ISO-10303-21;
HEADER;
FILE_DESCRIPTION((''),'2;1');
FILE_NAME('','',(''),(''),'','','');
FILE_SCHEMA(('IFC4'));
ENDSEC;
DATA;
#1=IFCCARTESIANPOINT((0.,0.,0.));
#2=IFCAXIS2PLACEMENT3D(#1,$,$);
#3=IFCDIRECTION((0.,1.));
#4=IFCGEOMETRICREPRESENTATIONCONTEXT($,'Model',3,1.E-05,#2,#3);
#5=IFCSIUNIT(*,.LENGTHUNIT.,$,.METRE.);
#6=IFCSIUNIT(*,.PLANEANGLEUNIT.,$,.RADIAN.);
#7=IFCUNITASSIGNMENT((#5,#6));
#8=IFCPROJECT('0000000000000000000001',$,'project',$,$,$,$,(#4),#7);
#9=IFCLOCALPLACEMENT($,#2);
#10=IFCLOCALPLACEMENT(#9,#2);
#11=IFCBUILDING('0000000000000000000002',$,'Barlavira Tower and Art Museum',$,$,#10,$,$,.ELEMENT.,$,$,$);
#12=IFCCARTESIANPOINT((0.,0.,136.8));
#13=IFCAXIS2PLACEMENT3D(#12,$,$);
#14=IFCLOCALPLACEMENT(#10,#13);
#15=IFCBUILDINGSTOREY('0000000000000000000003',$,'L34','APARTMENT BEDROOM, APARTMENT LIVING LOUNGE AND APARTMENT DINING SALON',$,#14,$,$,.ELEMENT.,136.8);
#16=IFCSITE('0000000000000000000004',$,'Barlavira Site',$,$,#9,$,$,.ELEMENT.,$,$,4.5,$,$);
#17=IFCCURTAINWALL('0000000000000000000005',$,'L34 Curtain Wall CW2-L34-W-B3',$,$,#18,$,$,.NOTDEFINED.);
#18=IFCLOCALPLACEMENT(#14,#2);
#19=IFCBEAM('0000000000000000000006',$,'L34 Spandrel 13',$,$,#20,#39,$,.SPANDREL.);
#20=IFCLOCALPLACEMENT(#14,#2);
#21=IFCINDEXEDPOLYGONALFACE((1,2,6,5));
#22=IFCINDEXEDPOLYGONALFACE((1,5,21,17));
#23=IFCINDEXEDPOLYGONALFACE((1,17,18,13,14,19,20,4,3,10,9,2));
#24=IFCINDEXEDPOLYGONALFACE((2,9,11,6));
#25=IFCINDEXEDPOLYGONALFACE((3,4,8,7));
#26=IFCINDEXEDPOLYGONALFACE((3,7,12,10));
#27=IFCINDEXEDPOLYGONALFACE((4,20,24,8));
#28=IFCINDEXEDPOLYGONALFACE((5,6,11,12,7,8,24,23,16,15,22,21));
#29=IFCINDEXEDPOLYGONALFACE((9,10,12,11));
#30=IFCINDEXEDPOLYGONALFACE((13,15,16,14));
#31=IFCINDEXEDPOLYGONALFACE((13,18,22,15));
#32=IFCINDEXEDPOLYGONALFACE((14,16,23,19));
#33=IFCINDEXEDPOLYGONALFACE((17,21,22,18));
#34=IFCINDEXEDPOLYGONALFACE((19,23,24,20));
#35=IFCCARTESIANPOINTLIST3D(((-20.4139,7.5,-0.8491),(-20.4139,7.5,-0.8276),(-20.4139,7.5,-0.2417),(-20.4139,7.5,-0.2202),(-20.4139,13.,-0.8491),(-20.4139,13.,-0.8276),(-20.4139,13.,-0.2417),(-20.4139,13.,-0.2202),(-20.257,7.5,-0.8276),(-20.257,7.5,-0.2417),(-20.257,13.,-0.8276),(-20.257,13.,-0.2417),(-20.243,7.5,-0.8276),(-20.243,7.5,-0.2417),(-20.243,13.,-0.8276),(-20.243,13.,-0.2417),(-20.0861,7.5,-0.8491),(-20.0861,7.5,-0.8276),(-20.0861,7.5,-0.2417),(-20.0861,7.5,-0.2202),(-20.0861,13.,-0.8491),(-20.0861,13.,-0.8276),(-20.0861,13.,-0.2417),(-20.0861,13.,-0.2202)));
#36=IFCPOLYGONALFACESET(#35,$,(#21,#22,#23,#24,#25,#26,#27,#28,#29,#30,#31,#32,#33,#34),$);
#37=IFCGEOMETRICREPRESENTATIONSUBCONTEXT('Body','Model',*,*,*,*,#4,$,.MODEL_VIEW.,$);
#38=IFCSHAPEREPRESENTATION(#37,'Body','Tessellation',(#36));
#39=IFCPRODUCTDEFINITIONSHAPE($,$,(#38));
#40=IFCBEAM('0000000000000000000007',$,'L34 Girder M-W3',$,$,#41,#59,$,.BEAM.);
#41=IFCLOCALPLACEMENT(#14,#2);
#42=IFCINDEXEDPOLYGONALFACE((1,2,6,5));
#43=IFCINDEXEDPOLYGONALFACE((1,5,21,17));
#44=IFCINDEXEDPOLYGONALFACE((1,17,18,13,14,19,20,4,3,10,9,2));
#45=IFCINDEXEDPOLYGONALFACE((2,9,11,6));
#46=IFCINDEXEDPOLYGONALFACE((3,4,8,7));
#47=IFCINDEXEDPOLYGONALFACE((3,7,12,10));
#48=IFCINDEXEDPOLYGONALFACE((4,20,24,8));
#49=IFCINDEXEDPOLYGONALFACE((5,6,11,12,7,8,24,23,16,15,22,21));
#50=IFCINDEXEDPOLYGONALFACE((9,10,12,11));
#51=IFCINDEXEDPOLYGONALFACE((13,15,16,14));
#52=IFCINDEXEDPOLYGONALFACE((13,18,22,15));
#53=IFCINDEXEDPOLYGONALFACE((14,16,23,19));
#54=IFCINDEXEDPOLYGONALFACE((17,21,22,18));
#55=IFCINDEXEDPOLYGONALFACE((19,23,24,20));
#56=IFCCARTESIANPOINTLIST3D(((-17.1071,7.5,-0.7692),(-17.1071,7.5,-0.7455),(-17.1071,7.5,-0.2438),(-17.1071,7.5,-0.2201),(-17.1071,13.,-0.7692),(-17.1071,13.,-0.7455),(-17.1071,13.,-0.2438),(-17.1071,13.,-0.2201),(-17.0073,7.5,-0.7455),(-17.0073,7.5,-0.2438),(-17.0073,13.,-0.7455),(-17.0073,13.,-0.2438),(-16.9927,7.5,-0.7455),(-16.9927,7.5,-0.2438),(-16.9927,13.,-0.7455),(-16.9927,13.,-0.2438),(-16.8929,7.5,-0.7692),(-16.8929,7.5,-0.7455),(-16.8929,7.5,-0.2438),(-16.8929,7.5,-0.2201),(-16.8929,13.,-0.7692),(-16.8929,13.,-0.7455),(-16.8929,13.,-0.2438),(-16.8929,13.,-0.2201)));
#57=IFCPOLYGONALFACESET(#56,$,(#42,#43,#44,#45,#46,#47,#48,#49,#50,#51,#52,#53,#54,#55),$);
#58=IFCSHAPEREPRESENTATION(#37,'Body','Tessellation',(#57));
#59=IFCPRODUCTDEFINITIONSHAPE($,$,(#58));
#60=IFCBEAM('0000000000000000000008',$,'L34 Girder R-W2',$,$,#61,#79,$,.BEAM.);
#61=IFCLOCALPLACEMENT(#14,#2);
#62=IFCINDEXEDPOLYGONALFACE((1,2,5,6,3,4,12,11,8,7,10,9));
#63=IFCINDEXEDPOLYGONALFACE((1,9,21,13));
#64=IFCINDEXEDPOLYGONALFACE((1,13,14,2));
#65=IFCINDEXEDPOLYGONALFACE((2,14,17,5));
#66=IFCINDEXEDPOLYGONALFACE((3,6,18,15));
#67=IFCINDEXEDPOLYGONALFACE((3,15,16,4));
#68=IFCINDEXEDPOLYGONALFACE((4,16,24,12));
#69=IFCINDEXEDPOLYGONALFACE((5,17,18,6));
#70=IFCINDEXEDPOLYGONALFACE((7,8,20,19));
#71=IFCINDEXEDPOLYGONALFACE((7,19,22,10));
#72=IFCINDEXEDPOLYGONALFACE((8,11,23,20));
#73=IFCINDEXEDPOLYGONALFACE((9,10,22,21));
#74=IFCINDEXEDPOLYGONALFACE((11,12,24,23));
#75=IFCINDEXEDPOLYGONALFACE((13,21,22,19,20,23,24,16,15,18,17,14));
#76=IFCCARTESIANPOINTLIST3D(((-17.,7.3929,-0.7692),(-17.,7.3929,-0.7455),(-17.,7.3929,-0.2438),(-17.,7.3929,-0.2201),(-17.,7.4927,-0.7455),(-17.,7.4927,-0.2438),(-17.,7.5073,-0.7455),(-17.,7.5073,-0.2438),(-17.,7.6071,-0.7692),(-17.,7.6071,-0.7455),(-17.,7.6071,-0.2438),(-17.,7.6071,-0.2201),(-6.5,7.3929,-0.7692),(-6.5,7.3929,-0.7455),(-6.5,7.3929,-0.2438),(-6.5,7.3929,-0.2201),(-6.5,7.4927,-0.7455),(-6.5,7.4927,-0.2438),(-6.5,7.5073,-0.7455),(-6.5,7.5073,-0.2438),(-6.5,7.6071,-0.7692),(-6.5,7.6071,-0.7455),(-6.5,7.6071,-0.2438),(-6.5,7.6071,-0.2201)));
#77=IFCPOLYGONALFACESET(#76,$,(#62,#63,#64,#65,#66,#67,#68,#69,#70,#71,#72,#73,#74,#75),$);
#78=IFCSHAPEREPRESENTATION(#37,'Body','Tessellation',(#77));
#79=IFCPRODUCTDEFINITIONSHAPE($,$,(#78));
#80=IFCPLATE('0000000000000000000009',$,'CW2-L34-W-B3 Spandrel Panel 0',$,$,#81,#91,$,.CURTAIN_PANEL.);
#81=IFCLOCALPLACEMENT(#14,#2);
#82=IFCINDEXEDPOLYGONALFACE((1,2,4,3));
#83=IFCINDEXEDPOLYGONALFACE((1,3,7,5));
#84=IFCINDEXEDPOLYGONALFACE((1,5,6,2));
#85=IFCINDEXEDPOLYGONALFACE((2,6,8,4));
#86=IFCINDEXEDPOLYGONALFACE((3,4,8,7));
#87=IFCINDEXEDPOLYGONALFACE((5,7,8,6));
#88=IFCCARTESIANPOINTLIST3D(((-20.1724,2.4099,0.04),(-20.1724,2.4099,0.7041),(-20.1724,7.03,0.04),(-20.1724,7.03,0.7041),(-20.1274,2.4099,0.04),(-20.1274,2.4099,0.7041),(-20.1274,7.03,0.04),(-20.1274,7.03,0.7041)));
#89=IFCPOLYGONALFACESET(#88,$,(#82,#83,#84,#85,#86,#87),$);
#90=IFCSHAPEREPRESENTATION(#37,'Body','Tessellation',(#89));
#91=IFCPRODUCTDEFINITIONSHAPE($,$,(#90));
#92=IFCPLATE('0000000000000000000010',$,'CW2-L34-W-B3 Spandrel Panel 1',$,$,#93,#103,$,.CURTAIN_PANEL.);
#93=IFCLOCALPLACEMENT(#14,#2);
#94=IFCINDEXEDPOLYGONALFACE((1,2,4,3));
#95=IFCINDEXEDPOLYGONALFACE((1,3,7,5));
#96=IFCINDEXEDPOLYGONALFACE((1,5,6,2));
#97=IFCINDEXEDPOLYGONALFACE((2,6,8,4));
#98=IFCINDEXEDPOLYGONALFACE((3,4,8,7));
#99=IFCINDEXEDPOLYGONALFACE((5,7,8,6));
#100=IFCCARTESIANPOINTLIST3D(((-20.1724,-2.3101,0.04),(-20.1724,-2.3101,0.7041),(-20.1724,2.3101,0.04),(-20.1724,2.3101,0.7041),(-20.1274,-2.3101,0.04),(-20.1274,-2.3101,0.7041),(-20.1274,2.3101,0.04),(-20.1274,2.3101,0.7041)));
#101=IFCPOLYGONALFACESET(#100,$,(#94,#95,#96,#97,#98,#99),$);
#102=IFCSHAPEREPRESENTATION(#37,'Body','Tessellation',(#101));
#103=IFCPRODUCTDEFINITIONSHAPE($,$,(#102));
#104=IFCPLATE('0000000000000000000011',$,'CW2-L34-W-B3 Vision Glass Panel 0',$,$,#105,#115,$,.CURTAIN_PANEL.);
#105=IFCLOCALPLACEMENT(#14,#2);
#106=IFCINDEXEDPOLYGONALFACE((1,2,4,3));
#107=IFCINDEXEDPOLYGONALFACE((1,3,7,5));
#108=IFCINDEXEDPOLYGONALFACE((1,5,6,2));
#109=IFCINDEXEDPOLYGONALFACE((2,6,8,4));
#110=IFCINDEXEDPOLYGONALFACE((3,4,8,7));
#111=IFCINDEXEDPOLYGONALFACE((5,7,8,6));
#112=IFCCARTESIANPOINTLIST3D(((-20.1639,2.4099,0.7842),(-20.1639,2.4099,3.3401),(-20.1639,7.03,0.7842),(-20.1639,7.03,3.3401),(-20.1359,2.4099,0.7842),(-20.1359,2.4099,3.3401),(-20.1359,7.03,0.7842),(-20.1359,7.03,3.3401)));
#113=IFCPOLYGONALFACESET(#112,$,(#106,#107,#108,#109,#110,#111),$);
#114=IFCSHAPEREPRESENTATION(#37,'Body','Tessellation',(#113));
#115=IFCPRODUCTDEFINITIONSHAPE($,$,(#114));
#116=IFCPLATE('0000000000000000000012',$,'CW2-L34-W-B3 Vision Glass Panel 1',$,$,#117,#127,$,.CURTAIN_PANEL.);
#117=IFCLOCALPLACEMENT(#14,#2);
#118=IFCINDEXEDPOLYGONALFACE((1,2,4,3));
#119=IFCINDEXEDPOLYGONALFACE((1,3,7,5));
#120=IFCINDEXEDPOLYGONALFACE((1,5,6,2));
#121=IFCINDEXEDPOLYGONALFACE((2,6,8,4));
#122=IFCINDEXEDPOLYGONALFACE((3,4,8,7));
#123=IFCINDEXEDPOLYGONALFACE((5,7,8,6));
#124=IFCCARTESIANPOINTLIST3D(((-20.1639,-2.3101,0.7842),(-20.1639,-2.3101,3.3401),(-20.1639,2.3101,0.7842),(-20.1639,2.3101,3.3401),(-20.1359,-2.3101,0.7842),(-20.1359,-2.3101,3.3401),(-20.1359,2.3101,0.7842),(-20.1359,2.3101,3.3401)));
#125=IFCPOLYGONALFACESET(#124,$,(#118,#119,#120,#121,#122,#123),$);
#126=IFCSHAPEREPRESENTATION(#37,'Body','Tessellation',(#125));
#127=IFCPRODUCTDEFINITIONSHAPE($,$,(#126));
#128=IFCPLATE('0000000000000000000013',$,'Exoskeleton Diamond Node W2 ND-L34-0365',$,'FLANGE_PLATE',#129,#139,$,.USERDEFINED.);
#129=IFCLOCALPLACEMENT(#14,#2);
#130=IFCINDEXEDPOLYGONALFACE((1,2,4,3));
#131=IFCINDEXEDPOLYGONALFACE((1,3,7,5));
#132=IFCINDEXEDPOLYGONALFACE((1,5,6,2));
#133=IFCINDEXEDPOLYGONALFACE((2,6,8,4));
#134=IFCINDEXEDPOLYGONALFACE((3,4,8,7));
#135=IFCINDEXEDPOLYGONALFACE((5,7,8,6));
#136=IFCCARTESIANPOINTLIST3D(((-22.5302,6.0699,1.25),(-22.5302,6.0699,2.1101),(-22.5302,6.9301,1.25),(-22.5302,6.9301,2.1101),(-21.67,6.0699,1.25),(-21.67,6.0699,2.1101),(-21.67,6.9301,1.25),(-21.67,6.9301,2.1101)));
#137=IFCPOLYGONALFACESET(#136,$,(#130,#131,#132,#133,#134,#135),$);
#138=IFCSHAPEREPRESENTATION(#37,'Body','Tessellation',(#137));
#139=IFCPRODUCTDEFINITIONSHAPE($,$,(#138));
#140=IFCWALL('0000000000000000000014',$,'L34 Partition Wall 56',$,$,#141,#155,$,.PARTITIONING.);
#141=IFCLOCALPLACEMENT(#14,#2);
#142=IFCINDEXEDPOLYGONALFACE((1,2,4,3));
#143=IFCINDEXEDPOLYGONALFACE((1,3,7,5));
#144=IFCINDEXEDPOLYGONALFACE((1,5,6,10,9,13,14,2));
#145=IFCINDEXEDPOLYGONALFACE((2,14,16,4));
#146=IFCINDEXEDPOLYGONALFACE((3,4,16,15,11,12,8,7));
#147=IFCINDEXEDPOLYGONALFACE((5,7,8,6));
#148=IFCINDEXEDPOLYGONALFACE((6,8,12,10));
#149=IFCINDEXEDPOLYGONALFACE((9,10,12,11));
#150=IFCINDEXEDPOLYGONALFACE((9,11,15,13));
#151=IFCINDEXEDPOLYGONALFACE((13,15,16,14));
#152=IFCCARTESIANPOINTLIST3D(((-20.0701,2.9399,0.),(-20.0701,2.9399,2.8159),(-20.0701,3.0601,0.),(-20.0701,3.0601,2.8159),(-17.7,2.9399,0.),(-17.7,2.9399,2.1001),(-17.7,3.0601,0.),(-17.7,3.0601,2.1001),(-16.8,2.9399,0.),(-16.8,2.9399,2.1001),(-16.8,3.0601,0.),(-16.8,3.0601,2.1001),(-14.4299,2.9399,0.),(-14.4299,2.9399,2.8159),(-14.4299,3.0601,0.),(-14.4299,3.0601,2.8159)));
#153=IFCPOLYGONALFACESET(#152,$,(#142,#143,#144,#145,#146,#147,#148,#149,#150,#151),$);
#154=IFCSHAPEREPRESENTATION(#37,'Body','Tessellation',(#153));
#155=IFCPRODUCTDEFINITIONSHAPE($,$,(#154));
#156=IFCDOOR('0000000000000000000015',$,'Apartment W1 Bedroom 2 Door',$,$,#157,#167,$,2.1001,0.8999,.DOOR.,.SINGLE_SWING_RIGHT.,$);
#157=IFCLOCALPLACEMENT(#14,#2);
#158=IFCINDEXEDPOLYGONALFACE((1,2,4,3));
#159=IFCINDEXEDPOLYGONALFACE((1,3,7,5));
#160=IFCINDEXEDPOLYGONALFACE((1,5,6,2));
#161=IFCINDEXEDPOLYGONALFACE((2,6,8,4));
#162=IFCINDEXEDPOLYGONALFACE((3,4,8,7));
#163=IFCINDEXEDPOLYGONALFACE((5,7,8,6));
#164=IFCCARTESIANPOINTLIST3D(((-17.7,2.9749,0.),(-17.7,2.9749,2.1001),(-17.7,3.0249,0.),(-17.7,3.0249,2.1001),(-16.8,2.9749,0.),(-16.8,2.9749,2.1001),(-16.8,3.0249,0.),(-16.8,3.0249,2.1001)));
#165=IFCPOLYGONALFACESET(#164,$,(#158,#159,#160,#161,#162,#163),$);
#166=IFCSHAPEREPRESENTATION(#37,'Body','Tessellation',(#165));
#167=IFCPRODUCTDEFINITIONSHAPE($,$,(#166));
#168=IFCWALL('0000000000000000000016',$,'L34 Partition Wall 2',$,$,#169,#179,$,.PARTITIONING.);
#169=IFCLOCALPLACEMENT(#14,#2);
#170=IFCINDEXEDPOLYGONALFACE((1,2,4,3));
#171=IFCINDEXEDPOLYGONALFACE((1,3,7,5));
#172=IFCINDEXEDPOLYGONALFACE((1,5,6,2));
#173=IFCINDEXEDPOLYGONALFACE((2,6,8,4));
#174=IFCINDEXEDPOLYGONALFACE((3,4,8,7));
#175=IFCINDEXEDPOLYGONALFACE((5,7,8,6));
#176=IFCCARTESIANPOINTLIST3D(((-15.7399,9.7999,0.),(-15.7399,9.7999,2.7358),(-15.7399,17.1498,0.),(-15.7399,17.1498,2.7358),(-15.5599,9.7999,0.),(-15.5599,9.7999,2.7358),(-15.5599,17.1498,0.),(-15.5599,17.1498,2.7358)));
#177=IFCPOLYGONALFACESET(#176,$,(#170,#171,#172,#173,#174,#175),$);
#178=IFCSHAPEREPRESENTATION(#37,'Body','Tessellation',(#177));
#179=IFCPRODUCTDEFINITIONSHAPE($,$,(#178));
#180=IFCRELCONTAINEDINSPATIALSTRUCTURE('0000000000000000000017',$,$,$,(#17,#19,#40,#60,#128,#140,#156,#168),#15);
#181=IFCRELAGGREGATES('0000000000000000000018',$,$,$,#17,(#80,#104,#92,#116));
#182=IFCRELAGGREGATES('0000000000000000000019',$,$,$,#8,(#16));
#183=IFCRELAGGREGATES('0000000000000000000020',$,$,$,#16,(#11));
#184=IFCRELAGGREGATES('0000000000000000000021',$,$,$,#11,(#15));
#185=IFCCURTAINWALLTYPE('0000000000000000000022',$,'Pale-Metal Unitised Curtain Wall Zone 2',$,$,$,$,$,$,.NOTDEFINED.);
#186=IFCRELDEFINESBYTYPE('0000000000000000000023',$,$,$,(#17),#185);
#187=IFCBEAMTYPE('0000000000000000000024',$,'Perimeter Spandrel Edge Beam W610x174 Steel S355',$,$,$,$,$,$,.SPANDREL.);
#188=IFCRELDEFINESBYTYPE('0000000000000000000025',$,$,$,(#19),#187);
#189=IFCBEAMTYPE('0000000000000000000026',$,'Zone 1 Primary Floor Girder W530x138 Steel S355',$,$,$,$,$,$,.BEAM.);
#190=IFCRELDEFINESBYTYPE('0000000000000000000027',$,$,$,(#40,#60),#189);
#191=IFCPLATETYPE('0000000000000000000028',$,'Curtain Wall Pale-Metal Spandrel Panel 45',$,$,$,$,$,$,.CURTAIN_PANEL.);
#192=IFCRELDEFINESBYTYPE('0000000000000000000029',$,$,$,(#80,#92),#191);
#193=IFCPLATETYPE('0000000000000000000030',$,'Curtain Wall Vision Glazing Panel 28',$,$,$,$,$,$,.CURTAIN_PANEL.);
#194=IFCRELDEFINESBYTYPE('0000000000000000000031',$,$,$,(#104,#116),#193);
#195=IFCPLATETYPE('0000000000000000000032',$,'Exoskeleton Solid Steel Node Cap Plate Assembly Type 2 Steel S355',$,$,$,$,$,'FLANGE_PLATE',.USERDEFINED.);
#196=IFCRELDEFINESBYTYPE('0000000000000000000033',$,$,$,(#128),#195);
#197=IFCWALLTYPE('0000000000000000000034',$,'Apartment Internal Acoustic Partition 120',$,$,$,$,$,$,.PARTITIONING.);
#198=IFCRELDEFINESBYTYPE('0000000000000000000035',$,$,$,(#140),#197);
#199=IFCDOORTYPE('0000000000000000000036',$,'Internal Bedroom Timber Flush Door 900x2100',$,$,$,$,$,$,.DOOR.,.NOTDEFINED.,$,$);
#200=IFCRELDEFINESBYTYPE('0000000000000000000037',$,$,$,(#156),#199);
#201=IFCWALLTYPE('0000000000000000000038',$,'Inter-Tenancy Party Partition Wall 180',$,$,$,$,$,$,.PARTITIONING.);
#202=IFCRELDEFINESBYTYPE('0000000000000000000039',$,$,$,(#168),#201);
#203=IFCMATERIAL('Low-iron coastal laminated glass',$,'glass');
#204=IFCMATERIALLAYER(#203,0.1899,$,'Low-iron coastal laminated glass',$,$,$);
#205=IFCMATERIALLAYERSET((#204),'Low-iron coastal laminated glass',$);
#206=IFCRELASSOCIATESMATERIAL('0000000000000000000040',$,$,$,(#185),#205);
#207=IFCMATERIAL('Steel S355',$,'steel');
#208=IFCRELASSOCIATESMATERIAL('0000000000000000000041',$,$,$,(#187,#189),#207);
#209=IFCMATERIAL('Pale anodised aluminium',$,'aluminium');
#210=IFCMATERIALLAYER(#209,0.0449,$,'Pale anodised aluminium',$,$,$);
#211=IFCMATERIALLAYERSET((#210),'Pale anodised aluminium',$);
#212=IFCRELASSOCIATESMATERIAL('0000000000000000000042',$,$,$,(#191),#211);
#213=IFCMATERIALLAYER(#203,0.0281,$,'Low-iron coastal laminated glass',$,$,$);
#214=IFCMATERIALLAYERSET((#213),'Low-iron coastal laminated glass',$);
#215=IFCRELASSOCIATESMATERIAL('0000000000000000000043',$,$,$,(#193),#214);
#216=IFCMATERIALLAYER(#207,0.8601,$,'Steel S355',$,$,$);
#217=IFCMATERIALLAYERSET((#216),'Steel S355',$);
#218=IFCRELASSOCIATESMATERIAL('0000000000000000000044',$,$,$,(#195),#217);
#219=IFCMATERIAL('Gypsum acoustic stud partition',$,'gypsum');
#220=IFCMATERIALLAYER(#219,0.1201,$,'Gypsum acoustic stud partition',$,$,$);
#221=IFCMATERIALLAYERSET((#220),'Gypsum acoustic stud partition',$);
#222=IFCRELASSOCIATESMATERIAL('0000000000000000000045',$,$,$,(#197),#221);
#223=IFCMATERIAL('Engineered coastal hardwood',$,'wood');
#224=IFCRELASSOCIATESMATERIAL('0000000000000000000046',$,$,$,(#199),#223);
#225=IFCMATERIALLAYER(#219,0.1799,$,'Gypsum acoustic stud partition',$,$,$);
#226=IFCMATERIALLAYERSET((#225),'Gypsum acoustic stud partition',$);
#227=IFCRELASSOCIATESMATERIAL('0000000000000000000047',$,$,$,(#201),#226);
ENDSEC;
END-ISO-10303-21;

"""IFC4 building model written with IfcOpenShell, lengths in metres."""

from ifc_helpers import new_model, si_unit, direction, frame, frame_2d, origin, origin_2d, place, context, subcontext, project, spatial, rectangle, i_section, extrude, material, layer, layer_set, material_profile, profile_set, type_object, element, fill, aggregate, save


model = new_model("IFC4")

# Units and contexts
model_context = context("Model", 3, precision=1e-05, world=origin(), true_north=direction((0.0, 1.0)))
body_context = subcontext(model_context, "Body", "Model", "MODEL_VIEW")
ifc_project = project(units=[si_unit("LENGTHUNIT", "METRE"), si_unit("PLANEANGLEUNIT", "RADIAN")], contexts=[model_context])

# Site, building, storey
site_placement = place(None, origin())
site = spatial("IfcSite", under=ifc_project, at=site_placement, Name="Barlavira Site", CompositionType="ELEMENT", RefElevation=4.5)
building_placement = place(site_placement, origin())
building = spatial("IfcBuilding", under=site, at=building_placement, Name="Barlavira Tower and Art Museum", CompositionType="ELEMENT")
storey_placement = place(building_placement, frame((0.0, 0.0, 136.8)))
storey = spatial("IfcBuildingStorey", under=building, at=storey_placement, Name="L34", Description="APARTMENT BEDROOM, APARTMENT LIVING LOUNGE AND APARTMENT DINING SALON", CompositionType="ELEMENT", Elevation=136.8)

# Curtain wall
ifc_material_1 = material(Name="Low-iron coastal laminated glass", Category="glass")
ifc_layer_1 = layer(ifc_material_1, 0.1899, Name="Low-iron coastal laminated glass")
ifc_layer_set_1 = layer_set([ifc_layer_1], Name="Low-iron coastal laminated glass")
curtain_wall_type = type_object("IfcCurtainWallType", Name="Pale-Metal Unitised Curtain Wall Zone 2", PredefinedType="NOTDEFINED", material=ifc_layer_set_1)
curtain_wall_placement = place(storey_placement, origin())
curtain_wall = element("IfcCurtainWall", 1, at=curtain_wall_placement, inside=storey, type_object=curtain_wall_type, Name="L34 Curtain Wall CW2-L34-W-B3", PredefinedType="NOTDEFINED")
ifc_material_2 = material(Name="Pale anodised aluminium", Category="aluminium")

# Beams
ifc_material_3 = material(Name="Steel S355", Category="steel")
ifc_material_profile_1 = material_profile(ifc_material_3, i_section(OverallWidth=0.3279, OverallDepth=0.6289, WebThickness=0.0139, FlangeThickness=0.0215, at=origin_2d()), Name="W610x174.0")
ifc_profile_set_1 = profile_set([ifc_material_profile_1], Name="Steel S355")
beam_type_1 = type_object("IfcBeamType", Name="Perimeter Spandrel Edge Beam W610x174 Steel S355", PredefinedType="SPANDREL", material=ifc_profile_set_1)
beam_1_placement = place(storey_placement, frame((-20.25, 7.5, -0.5347), z_axis=(0.0, 1.0, 0.0), x_axis=(-1.0, 0.0, 0.0)))
element("IfcBeam", 2, at=beam_1_placement, inside=storey, type_object=beam_type_1, Name="L34 Spandrel 13", PredefinedType="SPANDREL", context=body_context, shape_type="SweptSolid", body=[
    extrude(i_section(OverallWidth=0.3279, OverallDepth=0.6289, WebThickness=0.0139, FlangeThickness=0.0215, at=origin_2d()), origin(), (0.0, 0.0, 1.0), 5.5),
])
ifc_material_profile_2 = material_profile(ifc_material_3, i_section(OverallWidth=0.2141, OverallDepth=0.5491, WebThickness=0.0146, FlangeThickness=0.0237, at=origin_2d()), Name="W530x138.0")
ifc_profile_set_2 = profile_set([ifc_material_profile_2], Name="Steel S355")
beam_type_2 = type_object("IfcBeamType", Name="Zone 1 Primary Floor Girder W530x138 Steel S355", PredefinedType="BEAM", material=ifc_profile_set_2)
beam_2_placement = place(storey_placement, frame((-17.0, 7.5, -0.4946), z_axis=(0.0, 1.0, 0.0), x_axis=(-1.0, 0.0, 0.0)))
element("IfcBeam", 3, at=beam_2_placement, inside=storey, type_object=beam_type_2, Name="L34 Girder M-W3", PredefinedType="BEAM", context=body_context, shape_type="SweptSolid", body=[
    extrude(i_section(OverallWidth=0.2141, OverallDepth=0.5491, WebThickness=0.0146, FlangeThickness=0.0237, at=origin_2d()), origin(), (0.0, 0.0, 1.0), 5.5),
])
beam_3_placement = place(storey_placement, frame((-17.0, 7.5, -0.4946), z_axis=(1.0, 0.0, 0.0), x_axis=(0.0, 1.0, 0.0)))
element("IfcBeam", 4, at=beam_3_placement, inside=storey, type_object=beam_type_2, Name="L34 Girder R-W2", PredefinedType="BEAM", context=body_context, shape_type="SweptSolid", body=[
    extrude(i_section(OverallWidth=0.2141, OverallDepth=0.5491, WebThickness=0.0146, FlangeThickness=0.0237, at=origin_2d()), origin(), (0.0, 0.0, 1.0), 10.5),
])

# Plates
ifc_layer_2 = layer(ifc_material_2, 0.0449, Name="Pale anodised aluminium")
ifc_layer_set_2 = layer_set([ifc_layer_2], Name="Pale anodised aluminium")
plate_type_1 = type_object("IfcPlateType", Name="Curtain Wall Pale-Metal Spandrel Panel 45", PredefinedType="CURTAIN_PANEL", material=ifc_layer_set_2)
plate_1_placement = place(storey_placement, frame((-20.1499, 4.72, 0.04), z_axis=(0.0, 0.0, 1.0), x_axis=(0.0, -1.0, 0.0)))
plate_1 = element("IfcPlate", 5, at=plate_1_placement, type_object=plate_type_1, Name="CW2-L34-W-B3 Spandrel Panel 0", PredefinedType="CURTAIN_PANEL", context=body_context, shape_type="SweptSolid", body=[
    extrude(rectangle(XDim=4.6201, YDim=0.0449, at=origin_2d()), origin(), (0.0, 0.0, 1.0), 0.6641),
])
plate_2_placement = place(storey_placement, frame((-20.1499, 0.0, 0.04), z_axis=(0.0, 0.0, 1.0), x_axis=(0.0, -1.0, 0.0)))
plate_2 = element("IfcPlate", 6, at=plate_2_placement, type_object=plate_type_1, Name="CW2-L34-W-B3 Spandrel Panel 1", PredefinedType="CURTAIN_PANEL", context=body_context, shape_type="SweptSolid", body=[
    extrude(rectangle(XDim=4.6201, YDim=0.0449, at=origin_2d()), origin(), (0.0, 0.0, 1.0), 0.6641),
])
ifc_layer_3 = layer(ifc_material_1, 0.0281, Name="Low-iron coastal laminated glass")
ifc_layer_set_3 = layer_set([ifc_layer_3], Name="Low-iron coastal laminated glass")
plate_type_2 = type_object("IfcPlateType", Name="Curtain Wall Vision Glazing Panel 28", PredefinedType="CURTAIN_PANEL", material=ifc_layer_set_3)
plate_3_placement = place(storey_placement, frame((-20.1499, 4.72, 0.7842), z_axis=(0.0, 0.0, 1.0), x_axis=(0.0, -1.0, 0.0)))
plate_3 = element("IfcPlate", 7, at=plate_3_placement, type_object=plate_type_2, Name="CW2-L34-W-B3 Vision Glass Panel 0", PredefinedType="CURTAIN_PANEL", context=body_context, shape_type="SweptSolid", body=[
    extrude(rectangle(XDim=4.6201, YDim=0.0281, at=origin_2d()), origin(), (0.0, 0.0, 1.0), 2.5559),
])
plate_4_placement = place(storey_placement, frame((-20.1499, 0.0, 0.7842), z_axis=(0.0, 0.0, 1.0), x_axis=(0.0, -1.0, 0.0)))
plate_4 = element("IfcPlate", 8, at=plate_4_placement, type_object=plate_type_2, Name="CW2-L34-W-B3 Vision Glass Panel 1", PredefinedType="CURTAIN_PANEL", context=body_context, shape_type="SweptSolid", body=[
    extrude(rectangle(XDim=4.6201, YDim=0.0281, at=origin_2d()), origin(), (0.0, 0.0, 1.0), 2.5559),
])
aggregate(curtain_wall, [plate_1, plate_3, plate_2, plate_4])
ifc_layer_4 = layer(ifc_material_3, 0.8601, Name="Steel S355")
ifc_layer_set_4 = layer_set([ifc_layer_4], Name="Steel S355")
plate_type_3 = type_object("IfcPlateType", Name="Exoskeleton Solid Steel Node Cap Plate Assembly Type 2 Steel S355", ElementType="FLANGE_PLATE", PredefinedType="USERDEFINED", material=ifc_layer_set_4)
plate_5_placement = place(storey_placement, frame((-22.1001, 6.5, 1.25), z_axis=(0.0, 0.0, 1.0), x_axis=(1.0, 0.0, 0.0)))
element("IfcPlate", 9, at=plate_5_placement, inside=storey, type_object=plate_type_3, Name="Exoskeleton Diamond Node W2 ND-L34-0365", ObjectType="FLANGE_PLATE", PredefinedType="USERDEFINED", context=body_context, shape_type="SweptSolid", body=[
    extrude(rectangle(XDim=0.8601, YDim=0.8601, at=origin_2d()), origin(), (0.0, 0.0, 1.0), 0.8601),
])

# Wall, opening, door
ifc_material_4 = material(Name="Gypsum acoustic stud partition", Category="gypsum")
ifc_layer_5 = layer(ifc_material_4, 0.1201, Name="Gypsum acoustic stud partition")
ifc_layer_set_5 = layer_set([ifc_layer_5], Name="Gypsum acoustic stud partition")
wall_type_1 = type_object("IfcWallType", Name="Apartment Internal Acoustic Partition 120", PredefinedType="PARTITIONING", material=ifc_layer_set_5)
wall_1_placement = place(storey_placement, frame((-20.0701, 3.0, 0.0), z_axis=(0.0, 0.0, 1.0), x_axis=(1.0, 0.0, 0.0)))
wall_1 = element("IfcWall", 10, at=wall_1_placement, inside=storey, type_object=wall_type_1, Name="L34 Partition Wall 56", PredefinedType="PARTITIONING", context=body_context, shape_type="SweptSolid", body=[
    extrude(rectangle(XDim=5.6401, YDim=0.1201, at=frame_2d((2.8201, 0.0))), origin(), (0.0, 0.0, 1.0), 2.8159),
])
opening_1_placement = place(wall_1_placement, frame((2.3701, 0.0, 0.0)))
opening_1 = element("IfcOpeningElement", 11, at=opening_1_placement, cuts=wall_1, PredefinedType="OPENING", context=body_context, shape_type="SweptSolid", body=[
    extrude(rectangle(XDim=0.8999, YDim=2.1001, at=frame_2d((0.45, 1.05))), frame((0.0, 0.0701, 0.0), z_axis=(0.0, -1.0, 0.0), x_axis=(1.0, 0.0, 0.0)), (0.0, 0.0, 1.0), 0.1401),
])
ifc_material_5 = material(Name="Engineered coastal hardwood", Category="wood")
door_type_1 = type_object("IfcDoorType", Name="Internal Bedroom Timber Flush Door 900x2100", OperationType="NOTDEFINED", PredefinedType="DOOR", material=ifc_material_5)
door_1_placement = place(opening_1_placement, origin())
door_1 = element("IfcDoor", 12, at=door_1_placement, inside=storey, type_object=door_type_1, Name="Apartment W1 Bedroom 2 Door", OperationType="SINGLE_SWING_RIGHT", OverallHeight=2.1001, OverallWidth=0.8999, PredefinedType="DOOR", context=body_context, shape_type="SweptSolid", body=[
    extrude(rectangle(XDim=0.8999, YDim=2.1001, at=frame_2d((0.45, 1.05))), frame((0.0, 0.0249, 0.0), z_axis=(0.0, -1.0, 0.0), x_axis=(1.0, 0.0, 0.0)), (0.0, 0.0, 1.0), 0.05),
])
fill(opening_1, door_1)

# Wall
ifc_layer_6 = layer(ifc_material_4, 0.1799, Name="Gypsum acoustic stud partition")
ifc_layer_set_6 = layer_set([ifc_layer_6], Name="Gypsum acoustic stud partition")
wall_type_2 = type_object("IfcWallType", Name="Inter-Tenancy Party Partition Wall 180", PredefinedType="PARTITIONING", material=ifc_layer_set_6)
wall_2_placement = place(storey_placement, frame((-15.6499, 9.8, 0.0), z_axis=(0.0, 0.0, 1.0), x_axis=(0.0, 1.0, 0.0)))
element("IfcWall", 13, at=wall_2_placement, inside=storey, type_object=wall_type_2, Name="L34 Partition Wall 2", PredefinedType="PARTITIONING", context=body_context, shape_type="SweptSolid", body=[
    extrude(rectangle(XDim=7.3499, YDim=0.1799, at=frame_2d((3.6748, 0.0))), origin(), (0.0, 0.0, 1.0), 2.7358),
])

save(model, "model.ifc")
